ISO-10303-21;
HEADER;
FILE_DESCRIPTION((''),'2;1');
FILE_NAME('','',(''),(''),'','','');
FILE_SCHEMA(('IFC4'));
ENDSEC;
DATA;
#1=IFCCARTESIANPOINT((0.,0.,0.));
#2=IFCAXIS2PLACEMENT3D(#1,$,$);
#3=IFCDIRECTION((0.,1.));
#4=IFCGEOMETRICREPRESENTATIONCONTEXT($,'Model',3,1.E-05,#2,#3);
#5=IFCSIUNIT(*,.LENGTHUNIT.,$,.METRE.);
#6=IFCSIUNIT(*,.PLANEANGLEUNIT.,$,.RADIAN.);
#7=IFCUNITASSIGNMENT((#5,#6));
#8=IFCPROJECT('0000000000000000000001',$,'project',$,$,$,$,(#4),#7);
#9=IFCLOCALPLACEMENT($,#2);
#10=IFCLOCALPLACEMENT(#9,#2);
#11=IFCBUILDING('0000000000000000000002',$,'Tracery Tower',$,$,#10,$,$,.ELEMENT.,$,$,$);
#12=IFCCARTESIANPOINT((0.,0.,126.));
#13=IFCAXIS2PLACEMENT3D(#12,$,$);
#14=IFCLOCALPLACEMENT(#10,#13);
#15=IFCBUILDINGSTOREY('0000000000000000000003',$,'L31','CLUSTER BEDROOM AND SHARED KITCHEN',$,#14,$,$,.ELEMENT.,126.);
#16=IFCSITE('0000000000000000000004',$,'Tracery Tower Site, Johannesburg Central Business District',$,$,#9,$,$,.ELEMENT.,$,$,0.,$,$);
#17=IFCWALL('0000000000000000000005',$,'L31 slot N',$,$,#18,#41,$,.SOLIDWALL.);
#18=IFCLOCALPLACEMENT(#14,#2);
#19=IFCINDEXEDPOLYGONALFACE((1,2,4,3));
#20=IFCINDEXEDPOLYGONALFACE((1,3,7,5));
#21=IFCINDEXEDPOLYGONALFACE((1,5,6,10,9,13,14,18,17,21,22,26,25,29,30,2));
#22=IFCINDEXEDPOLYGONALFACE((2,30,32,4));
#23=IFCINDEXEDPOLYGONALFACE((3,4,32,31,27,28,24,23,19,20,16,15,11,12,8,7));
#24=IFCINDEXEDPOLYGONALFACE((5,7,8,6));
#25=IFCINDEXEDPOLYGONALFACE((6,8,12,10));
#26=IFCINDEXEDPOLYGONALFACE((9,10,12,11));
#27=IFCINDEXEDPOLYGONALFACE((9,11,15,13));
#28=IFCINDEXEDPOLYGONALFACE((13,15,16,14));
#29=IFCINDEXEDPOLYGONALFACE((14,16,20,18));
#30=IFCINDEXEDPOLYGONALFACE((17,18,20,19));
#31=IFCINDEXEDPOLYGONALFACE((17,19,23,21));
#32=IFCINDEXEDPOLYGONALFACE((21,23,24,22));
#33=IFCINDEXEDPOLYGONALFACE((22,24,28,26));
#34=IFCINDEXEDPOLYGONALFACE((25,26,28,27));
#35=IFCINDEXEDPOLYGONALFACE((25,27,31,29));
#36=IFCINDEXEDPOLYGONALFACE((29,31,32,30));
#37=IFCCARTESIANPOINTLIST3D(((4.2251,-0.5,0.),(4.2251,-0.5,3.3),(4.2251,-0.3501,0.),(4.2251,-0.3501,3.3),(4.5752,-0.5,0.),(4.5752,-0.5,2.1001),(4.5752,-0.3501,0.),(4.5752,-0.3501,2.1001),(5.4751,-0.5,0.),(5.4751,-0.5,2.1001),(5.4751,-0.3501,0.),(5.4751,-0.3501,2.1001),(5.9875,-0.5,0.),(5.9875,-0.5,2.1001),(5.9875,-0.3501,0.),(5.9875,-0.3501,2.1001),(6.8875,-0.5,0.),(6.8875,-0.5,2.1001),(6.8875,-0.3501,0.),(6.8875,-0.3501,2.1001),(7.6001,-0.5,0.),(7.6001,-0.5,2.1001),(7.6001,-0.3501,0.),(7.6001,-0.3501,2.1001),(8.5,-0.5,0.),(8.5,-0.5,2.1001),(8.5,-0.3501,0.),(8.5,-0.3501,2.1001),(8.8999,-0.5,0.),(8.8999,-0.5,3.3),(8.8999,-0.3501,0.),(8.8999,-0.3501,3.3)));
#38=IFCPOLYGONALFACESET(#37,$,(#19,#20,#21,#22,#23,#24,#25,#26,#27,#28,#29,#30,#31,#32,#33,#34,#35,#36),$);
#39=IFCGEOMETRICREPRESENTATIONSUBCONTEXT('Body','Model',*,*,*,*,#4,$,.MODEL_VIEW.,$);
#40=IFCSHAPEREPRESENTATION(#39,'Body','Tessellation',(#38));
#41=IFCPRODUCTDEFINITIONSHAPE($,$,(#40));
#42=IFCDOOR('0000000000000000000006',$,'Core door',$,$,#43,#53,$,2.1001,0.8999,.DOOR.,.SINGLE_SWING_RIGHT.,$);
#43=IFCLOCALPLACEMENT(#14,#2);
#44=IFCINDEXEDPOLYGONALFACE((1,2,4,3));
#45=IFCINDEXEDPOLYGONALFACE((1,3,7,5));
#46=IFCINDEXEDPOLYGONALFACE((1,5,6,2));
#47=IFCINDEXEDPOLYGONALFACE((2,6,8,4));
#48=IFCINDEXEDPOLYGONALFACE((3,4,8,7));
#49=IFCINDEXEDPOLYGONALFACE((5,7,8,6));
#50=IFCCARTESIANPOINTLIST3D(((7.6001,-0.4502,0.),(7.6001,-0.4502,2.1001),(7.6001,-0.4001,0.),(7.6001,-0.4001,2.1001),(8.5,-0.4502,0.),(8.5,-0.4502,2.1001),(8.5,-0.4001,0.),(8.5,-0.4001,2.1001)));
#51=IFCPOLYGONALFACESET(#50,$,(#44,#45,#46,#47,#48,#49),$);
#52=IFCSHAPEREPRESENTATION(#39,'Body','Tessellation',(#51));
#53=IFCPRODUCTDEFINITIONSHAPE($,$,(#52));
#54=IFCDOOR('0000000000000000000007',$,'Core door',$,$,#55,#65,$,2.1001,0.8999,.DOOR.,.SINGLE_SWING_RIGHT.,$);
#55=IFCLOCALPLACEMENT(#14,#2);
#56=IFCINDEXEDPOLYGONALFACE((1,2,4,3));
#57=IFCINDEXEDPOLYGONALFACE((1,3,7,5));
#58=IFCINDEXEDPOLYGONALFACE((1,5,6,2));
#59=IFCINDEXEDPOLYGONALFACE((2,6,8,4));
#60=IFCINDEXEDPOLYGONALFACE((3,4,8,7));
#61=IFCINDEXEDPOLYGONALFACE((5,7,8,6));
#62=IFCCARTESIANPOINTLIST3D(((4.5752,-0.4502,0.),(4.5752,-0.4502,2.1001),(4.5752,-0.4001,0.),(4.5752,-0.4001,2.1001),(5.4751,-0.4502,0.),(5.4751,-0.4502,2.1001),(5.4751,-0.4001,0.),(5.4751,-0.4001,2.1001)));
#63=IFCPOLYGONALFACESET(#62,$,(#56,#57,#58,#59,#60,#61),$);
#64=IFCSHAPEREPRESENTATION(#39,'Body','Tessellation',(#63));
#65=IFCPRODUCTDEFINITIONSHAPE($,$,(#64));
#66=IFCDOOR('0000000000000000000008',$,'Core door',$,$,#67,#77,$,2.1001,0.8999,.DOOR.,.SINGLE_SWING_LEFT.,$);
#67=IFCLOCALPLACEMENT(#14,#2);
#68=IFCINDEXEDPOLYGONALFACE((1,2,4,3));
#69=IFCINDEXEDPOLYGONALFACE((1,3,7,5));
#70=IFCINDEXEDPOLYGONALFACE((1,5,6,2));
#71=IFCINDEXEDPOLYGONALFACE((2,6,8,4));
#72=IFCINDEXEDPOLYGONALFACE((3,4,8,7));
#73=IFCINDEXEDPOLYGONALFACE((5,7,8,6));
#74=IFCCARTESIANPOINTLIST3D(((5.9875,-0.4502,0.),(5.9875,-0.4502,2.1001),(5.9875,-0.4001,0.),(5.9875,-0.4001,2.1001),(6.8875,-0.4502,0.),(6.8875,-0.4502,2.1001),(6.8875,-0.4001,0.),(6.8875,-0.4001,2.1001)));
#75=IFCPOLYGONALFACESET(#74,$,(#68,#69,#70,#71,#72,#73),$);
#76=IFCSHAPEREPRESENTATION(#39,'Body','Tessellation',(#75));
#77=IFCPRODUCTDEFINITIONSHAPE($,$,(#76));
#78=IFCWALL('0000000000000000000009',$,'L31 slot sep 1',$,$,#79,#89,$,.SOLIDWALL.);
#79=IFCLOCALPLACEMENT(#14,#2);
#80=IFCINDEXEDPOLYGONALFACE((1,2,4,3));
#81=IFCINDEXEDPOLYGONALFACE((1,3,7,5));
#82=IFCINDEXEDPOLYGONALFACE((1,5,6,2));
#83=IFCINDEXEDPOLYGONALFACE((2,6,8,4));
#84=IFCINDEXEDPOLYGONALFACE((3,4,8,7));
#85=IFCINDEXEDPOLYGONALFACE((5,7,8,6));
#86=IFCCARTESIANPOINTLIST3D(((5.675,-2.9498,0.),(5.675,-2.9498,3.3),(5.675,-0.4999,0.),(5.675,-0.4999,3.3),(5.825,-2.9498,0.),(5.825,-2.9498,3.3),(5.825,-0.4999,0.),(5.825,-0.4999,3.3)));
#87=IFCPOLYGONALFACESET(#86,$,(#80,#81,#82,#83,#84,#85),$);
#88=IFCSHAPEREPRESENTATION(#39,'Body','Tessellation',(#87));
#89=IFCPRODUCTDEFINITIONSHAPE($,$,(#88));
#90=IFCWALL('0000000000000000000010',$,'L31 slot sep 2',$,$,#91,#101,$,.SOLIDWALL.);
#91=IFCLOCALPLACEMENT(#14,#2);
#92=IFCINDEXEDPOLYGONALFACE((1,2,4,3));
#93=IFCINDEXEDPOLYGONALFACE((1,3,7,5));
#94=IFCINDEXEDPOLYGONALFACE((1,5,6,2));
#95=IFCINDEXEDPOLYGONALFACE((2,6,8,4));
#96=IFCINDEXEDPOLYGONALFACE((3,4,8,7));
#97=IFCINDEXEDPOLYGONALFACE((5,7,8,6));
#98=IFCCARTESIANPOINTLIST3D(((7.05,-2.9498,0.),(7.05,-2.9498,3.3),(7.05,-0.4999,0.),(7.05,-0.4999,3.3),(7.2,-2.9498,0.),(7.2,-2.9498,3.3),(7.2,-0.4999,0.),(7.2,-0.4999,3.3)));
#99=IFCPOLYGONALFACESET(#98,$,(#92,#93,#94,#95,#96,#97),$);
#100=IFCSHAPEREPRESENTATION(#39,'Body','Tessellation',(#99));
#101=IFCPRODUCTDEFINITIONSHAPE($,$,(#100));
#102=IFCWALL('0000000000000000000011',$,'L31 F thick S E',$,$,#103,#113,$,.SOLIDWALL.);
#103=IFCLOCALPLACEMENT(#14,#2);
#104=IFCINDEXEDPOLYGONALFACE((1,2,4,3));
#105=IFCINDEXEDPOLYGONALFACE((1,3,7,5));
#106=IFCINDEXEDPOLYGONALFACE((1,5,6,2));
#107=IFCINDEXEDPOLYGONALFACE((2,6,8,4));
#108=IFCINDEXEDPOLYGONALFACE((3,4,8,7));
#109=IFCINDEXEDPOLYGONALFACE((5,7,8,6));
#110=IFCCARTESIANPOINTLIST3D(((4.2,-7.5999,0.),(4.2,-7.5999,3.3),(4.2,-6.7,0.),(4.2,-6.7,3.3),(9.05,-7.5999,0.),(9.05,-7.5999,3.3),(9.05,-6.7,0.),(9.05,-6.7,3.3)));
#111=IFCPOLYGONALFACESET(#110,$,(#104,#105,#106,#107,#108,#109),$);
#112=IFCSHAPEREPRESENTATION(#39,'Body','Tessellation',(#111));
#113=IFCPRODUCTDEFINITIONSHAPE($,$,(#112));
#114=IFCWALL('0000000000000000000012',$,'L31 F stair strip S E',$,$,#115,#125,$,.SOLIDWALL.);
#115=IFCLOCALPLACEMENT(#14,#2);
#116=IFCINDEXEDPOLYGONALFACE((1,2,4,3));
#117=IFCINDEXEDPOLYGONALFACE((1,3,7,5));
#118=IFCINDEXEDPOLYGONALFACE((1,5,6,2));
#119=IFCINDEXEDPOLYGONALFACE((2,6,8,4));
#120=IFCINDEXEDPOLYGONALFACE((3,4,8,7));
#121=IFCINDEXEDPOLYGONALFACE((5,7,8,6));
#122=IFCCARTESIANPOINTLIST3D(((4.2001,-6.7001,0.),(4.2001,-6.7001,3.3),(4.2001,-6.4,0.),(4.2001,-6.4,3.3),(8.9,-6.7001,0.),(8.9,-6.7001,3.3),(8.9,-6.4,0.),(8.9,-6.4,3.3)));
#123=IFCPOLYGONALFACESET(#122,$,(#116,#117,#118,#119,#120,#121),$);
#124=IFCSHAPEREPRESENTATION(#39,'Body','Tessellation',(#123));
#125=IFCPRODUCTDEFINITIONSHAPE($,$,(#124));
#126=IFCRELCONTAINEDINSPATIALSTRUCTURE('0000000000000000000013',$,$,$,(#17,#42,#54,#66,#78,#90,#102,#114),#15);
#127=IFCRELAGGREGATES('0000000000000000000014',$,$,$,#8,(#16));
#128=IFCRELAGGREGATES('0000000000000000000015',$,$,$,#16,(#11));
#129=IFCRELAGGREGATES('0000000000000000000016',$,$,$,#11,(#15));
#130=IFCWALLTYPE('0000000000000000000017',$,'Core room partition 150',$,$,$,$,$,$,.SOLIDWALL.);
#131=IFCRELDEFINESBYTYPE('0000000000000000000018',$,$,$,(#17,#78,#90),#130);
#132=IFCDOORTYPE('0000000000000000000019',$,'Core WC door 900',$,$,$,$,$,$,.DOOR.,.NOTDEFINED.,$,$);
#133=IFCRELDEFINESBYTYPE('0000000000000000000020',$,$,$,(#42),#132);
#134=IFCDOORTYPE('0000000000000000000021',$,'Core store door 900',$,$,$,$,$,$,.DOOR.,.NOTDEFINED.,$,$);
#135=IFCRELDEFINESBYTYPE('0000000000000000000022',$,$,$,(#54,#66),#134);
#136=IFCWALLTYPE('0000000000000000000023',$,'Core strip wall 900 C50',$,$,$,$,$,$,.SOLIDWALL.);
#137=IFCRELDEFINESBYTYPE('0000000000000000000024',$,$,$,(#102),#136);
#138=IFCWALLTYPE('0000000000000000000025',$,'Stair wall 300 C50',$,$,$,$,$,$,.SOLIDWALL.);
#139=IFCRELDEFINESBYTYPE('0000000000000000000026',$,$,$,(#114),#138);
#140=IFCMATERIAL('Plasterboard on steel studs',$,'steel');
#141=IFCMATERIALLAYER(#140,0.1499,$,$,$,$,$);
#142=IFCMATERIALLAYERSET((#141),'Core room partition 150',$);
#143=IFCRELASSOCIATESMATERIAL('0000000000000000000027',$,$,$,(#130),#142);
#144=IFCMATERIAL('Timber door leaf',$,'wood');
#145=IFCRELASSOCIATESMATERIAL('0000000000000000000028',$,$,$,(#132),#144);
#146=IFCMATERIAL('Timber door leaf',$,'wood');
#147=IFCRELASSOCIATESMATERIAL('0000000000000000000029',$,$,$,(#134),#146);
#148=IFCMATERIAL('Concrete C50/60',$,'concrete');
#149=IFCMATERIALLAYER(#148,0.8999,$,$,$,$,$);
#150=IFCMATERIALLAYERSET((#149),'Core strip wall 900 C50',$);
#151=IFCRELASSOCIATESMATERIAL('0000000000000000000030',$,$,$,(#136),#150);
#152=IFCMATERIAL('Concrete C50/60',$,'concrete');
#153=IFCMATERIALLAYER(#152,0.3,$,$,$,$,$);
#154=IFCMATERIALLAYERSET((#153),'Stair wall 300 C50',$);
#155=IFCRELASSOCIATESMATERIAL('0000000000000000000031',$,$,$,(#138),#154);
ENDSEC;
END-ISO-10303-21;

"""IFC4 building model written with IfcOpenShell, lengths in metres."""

from ifc_helpers import new_model, si_unit, direction, frame, frame_2d, origin, place, context, subcontext, project, spatial, rectangle, extrude, material, layer, layer_set, type_object, element, fill, save


model = new_model("IFC4")

# Units and contexts
model_context = context("Model", 3, precision=1e-05, world=origin(), true_north=direction((0.0, 1.0)))
body_context = subcontext(model_context, "Body", "Model", "MODEL_VIEW")
ifc_project = project(units=[si_unit("LENGTHUNIT", "METRE"), si_unit("PLANEANGLEUNIT", "RADIAN")], contexts=[model_context])

# Site, building, storey
site_placement = place(None, origin())
site = spatial("IfcSite", under=ifc_project, at=site_placement, Name="Tracery Tower Site, Johannesburg Central Business District", CompositionType="ELEMENT", RefElevation=0.0)
building_placement = place(site_placement, origin())
building = spatial("IfcBuilding", under=site, at=building_placement, Name="Tracery Tower", CompositionType="ELEMENT")
storey_placement = place(building_placement, frame((0.0, 0.0, 126.0)))
storey = spatial("IfcBuildingStorey", under=building, at=storey_placement, Name="L31", Description="CLUSTER BEDROOM AND SHARED KITCHEN", CompositionType="ELEMENT", Elevation=126.0)

# Shared definitions
ifc_material_1 = material(Name="Plasterboard on steel studs", Category="steel")
ifc_layer_1 = layer(ifc_material_1, 0.1499)
ifc_layer_set_1 = layer_set([ifc_layer_1], Name="Core room partition 150")
wall_type_1 = type_object("IfcWallType", Name="Core room partition 150", PredefinedType="SOLIDWALL", material=ifc_layer_set_1)

# Wall, openings, doors
wall_1_placement = place(storey_placement, frame((4.2251, -0.425, 0.0), z_axis=(0.0, 0.0, 1.0), x_axis=(1.0, 0.0, 0.0)))
wall_1 = element("IfcWall", 1, at=wall_1_placement, inside=storey, type_object=wall_type_1, Name="L31 slot N", PredefinedType="SOLIDWALL", context=body_context, shape_type="SweptSolid", body=[
    extrude(rectangle(XDim=4.6748, YDim=0.1499, at=frame_2d((2.3374, 0.0))), origin(), (0.0, 0.0, 1.0), 3.3),
])
opening_1_placement = place(wall_1_placement, frame((0.3501, 0.0, 0.0)))
opening_1 = element("IfcOpeningElement", 2, at=opening_1_placement, cuts=wall_1, PredefinedType="OPENING", context=body_context, shape_type="SweptSolid", body=[
    extrude(rectangle(XDim=0.8999, YDim=2.1001, at=frame_2d((0.45, 1.05))), frame((0.0, 0.075, 0.0), z_axis=(0.0, -1.0, 0.0), x_axis=(1.0, 0.0, 0.0)), (0.0, 0.0, 1.0), 0.1499),
])
opening_2_placement = place(wall_1_placement, frame((1.7625, 0.0, 0.0)))
opening_2 = element("IfcOpeningElement", 3, at=opening_2_placement, cuts=wall_1, PredefinedType="OPENING", context=body_context, shape_type="SweptSolid", body=[
    extrude(rectangle(XDim=0.8999, YDim=2.1001, at=frame_2d((0.45, 1.05))), frame((0.0, 0.075, 0.0), z_axis=(0.0, -1.0, 0.0), x_axis=(1.0, 0.0, 0.0)), (0.0, 0.0, 1.0), 0.1499),
])
opening_3_placement = place(wall_1_placement, frame((3.375, 0.0, 0.0)))
opening_3 = element("IfcOpeningElement", 4, at=opening_3_placement, cuts=wall_1, PredefinedType="OPENING", context=body_context, shape_type="SweptSolid", body=[
    extrude(rectangle(XDim=0.8999, YDim=2.1001, at=frame_2d((0.45, 1.05))), frame((0.0, 0.075, 0.0), z_axis=(0.0, -1.0, 0.0), x_axis=(1.0, 0.0, 0.0)), (0.0, 0.0, 1.0), 0.1499),
])
ifc_material_2 = material(Name="Timber door leaf", Category="wood")
door_type_1 = type_object("IfcDoorType", Name="Core WC door 900", OperationType="NOTDEFINED", PredefinedType="DOOR", material=ifc_material_2)
door_1_placement = place(opening_3_placement, origin())
door_1 = element("IfcDoor", 5, at=door_1_placement, inside=storey, type_object=door_type_1, Name="Core door", OperationType="SINGLE_SWING_RIGHT", OverallHeight=2.1001, OverallWidth=0.8999, PredefinedType="DOOR", context=body_context, shape_type="SweptSolid", body=[
    extrude(rectangle(XDim=0.8999, YDim=2.1001, at=frame_2d((0.45, 1.05))), frame((0.0, 0.0249, 0.0), z_axis=(0.0, -1.0, 0.0), x_axis=(1.0, 0.0, 0.0)), (0.0, 0.0, 1.0), 0.05),
])
fill(opening_3, door_1)
ifc_material_3 = material(Name="Timber door leaf", Category="wood")
door_type_2 = type_object("IfcDoorType", Name="Core store door 900", OperationType="NOTDEFINED", PredefinedType="DOOR", material=ifc_material_3)
door_2_placement = place(opening_1_placement, origin())
door_2 = element("IfcDoor", 6, at=door_2_placement, inside=storey, type_object=door_type_2, Name="Core door", OperationType="SINGLE_SWING_RIGHT", OverallHeight=2.1001, OverallWidth=0.8999, PredefinedType="DOOR", context=body_context, shape_type="SweptSolid", body=[
    extrude(rectangle(XDim=0.8999, YDim=2.1001, at=frame_2d((0.45, 1.05))), frame((0.0, 0.0249, 0.0), z_axis=(0.0, -1.0, 0.0), x_axis=(1.0, 0.0, 0.0)), (0.0, 0.0, 1.0), 0.05),
])
fill(opening_1, door_2)
door_3_placement = place(opening_2_placement, origin())
door_3 = element("IfcDoor", 7, at=door_3_placement, inside=storey, type_object=door_type_2, Name="Core door", OperationType="SINGLE_SWING_LEFT", OverallHeight=2.1001, OverallWidth=0.8999, PredefinedType="DOOR", context=body_context, shape_type="SweptSolid", body=[
    extrude(rectangle(XDim=0.8999, YDim=2.1001, at=frame_2d((0.45, 1.05))), frame((0.0, 0.0249, 0.0), z_axis=(0.0, -1.0, 0.0), x_axis=(1.0, 0.0, 0.0)), (0.0, 0.0, 1.0), 0.05),
])
fill(opening_2, door_3)

# Walls
for number, where, z_axis, x_axis, name in (
    (8, (5.75, -2.95, 0.0), (0.0, 0.0, 1.0), (0.0, 1.0, 0.0), "L31 slot sep 1"),
    (9, (7.125, -2.95, 0.0), (0.0, 0.0, 1.0), (0.0, 1.0, 0.0), "L31 slot sep 2"),
):
    element("IfcWall", number, at=place(storey_placement, frame(where, z_axis=z_axis, x_axis=x_axis)), inside=storey, type_object=wall_type_1, Name=name, PredefinedType="SOLIDWALL", context=body_context, shape_type="SweptSolid", body=[
        extrude(rectangle(XDim=2.45, YDim=0.1499, at=frame_2d((1.2251, 0.0))), origin(), (0.0, 0.0, 1.0), 3.3),
    ])
ifc_material_4 = material(Name="Concrete C50/60", Category="concrete")
ifc_layer_2 = layer(ifc_material_4, 0.8999)
ifc_layer_set_2 = layer_set([ifc_layer_2], Name="Core strip wall 900 C50")
wall_type_2 = type_object("IfcWallType", Name="Core strip wall 900 C50", PredefinedType="SOLIDWALL", material=ifc_layer_set_2)
wall_2_placement = place(storey_placement, frame((4.2, -7.1499, 0.0), z_axis=(0.0, 0.0, 1.0), x_axis=(1.0, 0.0, 0.0)))
element("IfcWall", 10, at=wall_2_placement, inside=storey, type_object=wall_type_2, Name="L31 F thick S E", PredefinedType="SOLIDWALL", context=body_context, shape_type="SweptSolid", body=[
    extrude(rectangle(XDim=4.8501, YDim=0.8999, at=frame_2d((2.425, 0.0))), origin(), (0.0, 0.0, 1.0), 3.3),
])

# Shared definitions
ifc_material_5 = material(Name="Concrete C50/60", Category="concrete")
ifc_layer_3 = layer(ifc_material_5, 0.3)
ifc_layer_set_3 = layer_set([ifc_layer_3], Name="Stair wall 300 C50")
wall_type_3 = type_object("IfcWallType", Name="Stair wall 300 C50", PredefinedType="SOLIDWALL", material=ifc_layer_set_3)

# Wall
wall_3_placement = place(storey_placement, frame((4.2, -6.55, 0.0), z_axis=(0.0, 0.0, 1.0), x_axis=(1.0, 0.0, 0.0)))
element("IfcWall", 11, at=wall_3_placement, inside=storey, type_object=wall_type_3, Name="L31 F stair strip S E", PredefinedType="SOLIDWALL", context=body_context, shape_type="SweptSolid", body=[
    extrude(rectangle(XDim=4.7, YDim=0.3, at=frame_2d((2.3501, 0.0))), origin(), (0.0, 0.0, 1.0), 3.3),
])

save(model, "model.ifc")
